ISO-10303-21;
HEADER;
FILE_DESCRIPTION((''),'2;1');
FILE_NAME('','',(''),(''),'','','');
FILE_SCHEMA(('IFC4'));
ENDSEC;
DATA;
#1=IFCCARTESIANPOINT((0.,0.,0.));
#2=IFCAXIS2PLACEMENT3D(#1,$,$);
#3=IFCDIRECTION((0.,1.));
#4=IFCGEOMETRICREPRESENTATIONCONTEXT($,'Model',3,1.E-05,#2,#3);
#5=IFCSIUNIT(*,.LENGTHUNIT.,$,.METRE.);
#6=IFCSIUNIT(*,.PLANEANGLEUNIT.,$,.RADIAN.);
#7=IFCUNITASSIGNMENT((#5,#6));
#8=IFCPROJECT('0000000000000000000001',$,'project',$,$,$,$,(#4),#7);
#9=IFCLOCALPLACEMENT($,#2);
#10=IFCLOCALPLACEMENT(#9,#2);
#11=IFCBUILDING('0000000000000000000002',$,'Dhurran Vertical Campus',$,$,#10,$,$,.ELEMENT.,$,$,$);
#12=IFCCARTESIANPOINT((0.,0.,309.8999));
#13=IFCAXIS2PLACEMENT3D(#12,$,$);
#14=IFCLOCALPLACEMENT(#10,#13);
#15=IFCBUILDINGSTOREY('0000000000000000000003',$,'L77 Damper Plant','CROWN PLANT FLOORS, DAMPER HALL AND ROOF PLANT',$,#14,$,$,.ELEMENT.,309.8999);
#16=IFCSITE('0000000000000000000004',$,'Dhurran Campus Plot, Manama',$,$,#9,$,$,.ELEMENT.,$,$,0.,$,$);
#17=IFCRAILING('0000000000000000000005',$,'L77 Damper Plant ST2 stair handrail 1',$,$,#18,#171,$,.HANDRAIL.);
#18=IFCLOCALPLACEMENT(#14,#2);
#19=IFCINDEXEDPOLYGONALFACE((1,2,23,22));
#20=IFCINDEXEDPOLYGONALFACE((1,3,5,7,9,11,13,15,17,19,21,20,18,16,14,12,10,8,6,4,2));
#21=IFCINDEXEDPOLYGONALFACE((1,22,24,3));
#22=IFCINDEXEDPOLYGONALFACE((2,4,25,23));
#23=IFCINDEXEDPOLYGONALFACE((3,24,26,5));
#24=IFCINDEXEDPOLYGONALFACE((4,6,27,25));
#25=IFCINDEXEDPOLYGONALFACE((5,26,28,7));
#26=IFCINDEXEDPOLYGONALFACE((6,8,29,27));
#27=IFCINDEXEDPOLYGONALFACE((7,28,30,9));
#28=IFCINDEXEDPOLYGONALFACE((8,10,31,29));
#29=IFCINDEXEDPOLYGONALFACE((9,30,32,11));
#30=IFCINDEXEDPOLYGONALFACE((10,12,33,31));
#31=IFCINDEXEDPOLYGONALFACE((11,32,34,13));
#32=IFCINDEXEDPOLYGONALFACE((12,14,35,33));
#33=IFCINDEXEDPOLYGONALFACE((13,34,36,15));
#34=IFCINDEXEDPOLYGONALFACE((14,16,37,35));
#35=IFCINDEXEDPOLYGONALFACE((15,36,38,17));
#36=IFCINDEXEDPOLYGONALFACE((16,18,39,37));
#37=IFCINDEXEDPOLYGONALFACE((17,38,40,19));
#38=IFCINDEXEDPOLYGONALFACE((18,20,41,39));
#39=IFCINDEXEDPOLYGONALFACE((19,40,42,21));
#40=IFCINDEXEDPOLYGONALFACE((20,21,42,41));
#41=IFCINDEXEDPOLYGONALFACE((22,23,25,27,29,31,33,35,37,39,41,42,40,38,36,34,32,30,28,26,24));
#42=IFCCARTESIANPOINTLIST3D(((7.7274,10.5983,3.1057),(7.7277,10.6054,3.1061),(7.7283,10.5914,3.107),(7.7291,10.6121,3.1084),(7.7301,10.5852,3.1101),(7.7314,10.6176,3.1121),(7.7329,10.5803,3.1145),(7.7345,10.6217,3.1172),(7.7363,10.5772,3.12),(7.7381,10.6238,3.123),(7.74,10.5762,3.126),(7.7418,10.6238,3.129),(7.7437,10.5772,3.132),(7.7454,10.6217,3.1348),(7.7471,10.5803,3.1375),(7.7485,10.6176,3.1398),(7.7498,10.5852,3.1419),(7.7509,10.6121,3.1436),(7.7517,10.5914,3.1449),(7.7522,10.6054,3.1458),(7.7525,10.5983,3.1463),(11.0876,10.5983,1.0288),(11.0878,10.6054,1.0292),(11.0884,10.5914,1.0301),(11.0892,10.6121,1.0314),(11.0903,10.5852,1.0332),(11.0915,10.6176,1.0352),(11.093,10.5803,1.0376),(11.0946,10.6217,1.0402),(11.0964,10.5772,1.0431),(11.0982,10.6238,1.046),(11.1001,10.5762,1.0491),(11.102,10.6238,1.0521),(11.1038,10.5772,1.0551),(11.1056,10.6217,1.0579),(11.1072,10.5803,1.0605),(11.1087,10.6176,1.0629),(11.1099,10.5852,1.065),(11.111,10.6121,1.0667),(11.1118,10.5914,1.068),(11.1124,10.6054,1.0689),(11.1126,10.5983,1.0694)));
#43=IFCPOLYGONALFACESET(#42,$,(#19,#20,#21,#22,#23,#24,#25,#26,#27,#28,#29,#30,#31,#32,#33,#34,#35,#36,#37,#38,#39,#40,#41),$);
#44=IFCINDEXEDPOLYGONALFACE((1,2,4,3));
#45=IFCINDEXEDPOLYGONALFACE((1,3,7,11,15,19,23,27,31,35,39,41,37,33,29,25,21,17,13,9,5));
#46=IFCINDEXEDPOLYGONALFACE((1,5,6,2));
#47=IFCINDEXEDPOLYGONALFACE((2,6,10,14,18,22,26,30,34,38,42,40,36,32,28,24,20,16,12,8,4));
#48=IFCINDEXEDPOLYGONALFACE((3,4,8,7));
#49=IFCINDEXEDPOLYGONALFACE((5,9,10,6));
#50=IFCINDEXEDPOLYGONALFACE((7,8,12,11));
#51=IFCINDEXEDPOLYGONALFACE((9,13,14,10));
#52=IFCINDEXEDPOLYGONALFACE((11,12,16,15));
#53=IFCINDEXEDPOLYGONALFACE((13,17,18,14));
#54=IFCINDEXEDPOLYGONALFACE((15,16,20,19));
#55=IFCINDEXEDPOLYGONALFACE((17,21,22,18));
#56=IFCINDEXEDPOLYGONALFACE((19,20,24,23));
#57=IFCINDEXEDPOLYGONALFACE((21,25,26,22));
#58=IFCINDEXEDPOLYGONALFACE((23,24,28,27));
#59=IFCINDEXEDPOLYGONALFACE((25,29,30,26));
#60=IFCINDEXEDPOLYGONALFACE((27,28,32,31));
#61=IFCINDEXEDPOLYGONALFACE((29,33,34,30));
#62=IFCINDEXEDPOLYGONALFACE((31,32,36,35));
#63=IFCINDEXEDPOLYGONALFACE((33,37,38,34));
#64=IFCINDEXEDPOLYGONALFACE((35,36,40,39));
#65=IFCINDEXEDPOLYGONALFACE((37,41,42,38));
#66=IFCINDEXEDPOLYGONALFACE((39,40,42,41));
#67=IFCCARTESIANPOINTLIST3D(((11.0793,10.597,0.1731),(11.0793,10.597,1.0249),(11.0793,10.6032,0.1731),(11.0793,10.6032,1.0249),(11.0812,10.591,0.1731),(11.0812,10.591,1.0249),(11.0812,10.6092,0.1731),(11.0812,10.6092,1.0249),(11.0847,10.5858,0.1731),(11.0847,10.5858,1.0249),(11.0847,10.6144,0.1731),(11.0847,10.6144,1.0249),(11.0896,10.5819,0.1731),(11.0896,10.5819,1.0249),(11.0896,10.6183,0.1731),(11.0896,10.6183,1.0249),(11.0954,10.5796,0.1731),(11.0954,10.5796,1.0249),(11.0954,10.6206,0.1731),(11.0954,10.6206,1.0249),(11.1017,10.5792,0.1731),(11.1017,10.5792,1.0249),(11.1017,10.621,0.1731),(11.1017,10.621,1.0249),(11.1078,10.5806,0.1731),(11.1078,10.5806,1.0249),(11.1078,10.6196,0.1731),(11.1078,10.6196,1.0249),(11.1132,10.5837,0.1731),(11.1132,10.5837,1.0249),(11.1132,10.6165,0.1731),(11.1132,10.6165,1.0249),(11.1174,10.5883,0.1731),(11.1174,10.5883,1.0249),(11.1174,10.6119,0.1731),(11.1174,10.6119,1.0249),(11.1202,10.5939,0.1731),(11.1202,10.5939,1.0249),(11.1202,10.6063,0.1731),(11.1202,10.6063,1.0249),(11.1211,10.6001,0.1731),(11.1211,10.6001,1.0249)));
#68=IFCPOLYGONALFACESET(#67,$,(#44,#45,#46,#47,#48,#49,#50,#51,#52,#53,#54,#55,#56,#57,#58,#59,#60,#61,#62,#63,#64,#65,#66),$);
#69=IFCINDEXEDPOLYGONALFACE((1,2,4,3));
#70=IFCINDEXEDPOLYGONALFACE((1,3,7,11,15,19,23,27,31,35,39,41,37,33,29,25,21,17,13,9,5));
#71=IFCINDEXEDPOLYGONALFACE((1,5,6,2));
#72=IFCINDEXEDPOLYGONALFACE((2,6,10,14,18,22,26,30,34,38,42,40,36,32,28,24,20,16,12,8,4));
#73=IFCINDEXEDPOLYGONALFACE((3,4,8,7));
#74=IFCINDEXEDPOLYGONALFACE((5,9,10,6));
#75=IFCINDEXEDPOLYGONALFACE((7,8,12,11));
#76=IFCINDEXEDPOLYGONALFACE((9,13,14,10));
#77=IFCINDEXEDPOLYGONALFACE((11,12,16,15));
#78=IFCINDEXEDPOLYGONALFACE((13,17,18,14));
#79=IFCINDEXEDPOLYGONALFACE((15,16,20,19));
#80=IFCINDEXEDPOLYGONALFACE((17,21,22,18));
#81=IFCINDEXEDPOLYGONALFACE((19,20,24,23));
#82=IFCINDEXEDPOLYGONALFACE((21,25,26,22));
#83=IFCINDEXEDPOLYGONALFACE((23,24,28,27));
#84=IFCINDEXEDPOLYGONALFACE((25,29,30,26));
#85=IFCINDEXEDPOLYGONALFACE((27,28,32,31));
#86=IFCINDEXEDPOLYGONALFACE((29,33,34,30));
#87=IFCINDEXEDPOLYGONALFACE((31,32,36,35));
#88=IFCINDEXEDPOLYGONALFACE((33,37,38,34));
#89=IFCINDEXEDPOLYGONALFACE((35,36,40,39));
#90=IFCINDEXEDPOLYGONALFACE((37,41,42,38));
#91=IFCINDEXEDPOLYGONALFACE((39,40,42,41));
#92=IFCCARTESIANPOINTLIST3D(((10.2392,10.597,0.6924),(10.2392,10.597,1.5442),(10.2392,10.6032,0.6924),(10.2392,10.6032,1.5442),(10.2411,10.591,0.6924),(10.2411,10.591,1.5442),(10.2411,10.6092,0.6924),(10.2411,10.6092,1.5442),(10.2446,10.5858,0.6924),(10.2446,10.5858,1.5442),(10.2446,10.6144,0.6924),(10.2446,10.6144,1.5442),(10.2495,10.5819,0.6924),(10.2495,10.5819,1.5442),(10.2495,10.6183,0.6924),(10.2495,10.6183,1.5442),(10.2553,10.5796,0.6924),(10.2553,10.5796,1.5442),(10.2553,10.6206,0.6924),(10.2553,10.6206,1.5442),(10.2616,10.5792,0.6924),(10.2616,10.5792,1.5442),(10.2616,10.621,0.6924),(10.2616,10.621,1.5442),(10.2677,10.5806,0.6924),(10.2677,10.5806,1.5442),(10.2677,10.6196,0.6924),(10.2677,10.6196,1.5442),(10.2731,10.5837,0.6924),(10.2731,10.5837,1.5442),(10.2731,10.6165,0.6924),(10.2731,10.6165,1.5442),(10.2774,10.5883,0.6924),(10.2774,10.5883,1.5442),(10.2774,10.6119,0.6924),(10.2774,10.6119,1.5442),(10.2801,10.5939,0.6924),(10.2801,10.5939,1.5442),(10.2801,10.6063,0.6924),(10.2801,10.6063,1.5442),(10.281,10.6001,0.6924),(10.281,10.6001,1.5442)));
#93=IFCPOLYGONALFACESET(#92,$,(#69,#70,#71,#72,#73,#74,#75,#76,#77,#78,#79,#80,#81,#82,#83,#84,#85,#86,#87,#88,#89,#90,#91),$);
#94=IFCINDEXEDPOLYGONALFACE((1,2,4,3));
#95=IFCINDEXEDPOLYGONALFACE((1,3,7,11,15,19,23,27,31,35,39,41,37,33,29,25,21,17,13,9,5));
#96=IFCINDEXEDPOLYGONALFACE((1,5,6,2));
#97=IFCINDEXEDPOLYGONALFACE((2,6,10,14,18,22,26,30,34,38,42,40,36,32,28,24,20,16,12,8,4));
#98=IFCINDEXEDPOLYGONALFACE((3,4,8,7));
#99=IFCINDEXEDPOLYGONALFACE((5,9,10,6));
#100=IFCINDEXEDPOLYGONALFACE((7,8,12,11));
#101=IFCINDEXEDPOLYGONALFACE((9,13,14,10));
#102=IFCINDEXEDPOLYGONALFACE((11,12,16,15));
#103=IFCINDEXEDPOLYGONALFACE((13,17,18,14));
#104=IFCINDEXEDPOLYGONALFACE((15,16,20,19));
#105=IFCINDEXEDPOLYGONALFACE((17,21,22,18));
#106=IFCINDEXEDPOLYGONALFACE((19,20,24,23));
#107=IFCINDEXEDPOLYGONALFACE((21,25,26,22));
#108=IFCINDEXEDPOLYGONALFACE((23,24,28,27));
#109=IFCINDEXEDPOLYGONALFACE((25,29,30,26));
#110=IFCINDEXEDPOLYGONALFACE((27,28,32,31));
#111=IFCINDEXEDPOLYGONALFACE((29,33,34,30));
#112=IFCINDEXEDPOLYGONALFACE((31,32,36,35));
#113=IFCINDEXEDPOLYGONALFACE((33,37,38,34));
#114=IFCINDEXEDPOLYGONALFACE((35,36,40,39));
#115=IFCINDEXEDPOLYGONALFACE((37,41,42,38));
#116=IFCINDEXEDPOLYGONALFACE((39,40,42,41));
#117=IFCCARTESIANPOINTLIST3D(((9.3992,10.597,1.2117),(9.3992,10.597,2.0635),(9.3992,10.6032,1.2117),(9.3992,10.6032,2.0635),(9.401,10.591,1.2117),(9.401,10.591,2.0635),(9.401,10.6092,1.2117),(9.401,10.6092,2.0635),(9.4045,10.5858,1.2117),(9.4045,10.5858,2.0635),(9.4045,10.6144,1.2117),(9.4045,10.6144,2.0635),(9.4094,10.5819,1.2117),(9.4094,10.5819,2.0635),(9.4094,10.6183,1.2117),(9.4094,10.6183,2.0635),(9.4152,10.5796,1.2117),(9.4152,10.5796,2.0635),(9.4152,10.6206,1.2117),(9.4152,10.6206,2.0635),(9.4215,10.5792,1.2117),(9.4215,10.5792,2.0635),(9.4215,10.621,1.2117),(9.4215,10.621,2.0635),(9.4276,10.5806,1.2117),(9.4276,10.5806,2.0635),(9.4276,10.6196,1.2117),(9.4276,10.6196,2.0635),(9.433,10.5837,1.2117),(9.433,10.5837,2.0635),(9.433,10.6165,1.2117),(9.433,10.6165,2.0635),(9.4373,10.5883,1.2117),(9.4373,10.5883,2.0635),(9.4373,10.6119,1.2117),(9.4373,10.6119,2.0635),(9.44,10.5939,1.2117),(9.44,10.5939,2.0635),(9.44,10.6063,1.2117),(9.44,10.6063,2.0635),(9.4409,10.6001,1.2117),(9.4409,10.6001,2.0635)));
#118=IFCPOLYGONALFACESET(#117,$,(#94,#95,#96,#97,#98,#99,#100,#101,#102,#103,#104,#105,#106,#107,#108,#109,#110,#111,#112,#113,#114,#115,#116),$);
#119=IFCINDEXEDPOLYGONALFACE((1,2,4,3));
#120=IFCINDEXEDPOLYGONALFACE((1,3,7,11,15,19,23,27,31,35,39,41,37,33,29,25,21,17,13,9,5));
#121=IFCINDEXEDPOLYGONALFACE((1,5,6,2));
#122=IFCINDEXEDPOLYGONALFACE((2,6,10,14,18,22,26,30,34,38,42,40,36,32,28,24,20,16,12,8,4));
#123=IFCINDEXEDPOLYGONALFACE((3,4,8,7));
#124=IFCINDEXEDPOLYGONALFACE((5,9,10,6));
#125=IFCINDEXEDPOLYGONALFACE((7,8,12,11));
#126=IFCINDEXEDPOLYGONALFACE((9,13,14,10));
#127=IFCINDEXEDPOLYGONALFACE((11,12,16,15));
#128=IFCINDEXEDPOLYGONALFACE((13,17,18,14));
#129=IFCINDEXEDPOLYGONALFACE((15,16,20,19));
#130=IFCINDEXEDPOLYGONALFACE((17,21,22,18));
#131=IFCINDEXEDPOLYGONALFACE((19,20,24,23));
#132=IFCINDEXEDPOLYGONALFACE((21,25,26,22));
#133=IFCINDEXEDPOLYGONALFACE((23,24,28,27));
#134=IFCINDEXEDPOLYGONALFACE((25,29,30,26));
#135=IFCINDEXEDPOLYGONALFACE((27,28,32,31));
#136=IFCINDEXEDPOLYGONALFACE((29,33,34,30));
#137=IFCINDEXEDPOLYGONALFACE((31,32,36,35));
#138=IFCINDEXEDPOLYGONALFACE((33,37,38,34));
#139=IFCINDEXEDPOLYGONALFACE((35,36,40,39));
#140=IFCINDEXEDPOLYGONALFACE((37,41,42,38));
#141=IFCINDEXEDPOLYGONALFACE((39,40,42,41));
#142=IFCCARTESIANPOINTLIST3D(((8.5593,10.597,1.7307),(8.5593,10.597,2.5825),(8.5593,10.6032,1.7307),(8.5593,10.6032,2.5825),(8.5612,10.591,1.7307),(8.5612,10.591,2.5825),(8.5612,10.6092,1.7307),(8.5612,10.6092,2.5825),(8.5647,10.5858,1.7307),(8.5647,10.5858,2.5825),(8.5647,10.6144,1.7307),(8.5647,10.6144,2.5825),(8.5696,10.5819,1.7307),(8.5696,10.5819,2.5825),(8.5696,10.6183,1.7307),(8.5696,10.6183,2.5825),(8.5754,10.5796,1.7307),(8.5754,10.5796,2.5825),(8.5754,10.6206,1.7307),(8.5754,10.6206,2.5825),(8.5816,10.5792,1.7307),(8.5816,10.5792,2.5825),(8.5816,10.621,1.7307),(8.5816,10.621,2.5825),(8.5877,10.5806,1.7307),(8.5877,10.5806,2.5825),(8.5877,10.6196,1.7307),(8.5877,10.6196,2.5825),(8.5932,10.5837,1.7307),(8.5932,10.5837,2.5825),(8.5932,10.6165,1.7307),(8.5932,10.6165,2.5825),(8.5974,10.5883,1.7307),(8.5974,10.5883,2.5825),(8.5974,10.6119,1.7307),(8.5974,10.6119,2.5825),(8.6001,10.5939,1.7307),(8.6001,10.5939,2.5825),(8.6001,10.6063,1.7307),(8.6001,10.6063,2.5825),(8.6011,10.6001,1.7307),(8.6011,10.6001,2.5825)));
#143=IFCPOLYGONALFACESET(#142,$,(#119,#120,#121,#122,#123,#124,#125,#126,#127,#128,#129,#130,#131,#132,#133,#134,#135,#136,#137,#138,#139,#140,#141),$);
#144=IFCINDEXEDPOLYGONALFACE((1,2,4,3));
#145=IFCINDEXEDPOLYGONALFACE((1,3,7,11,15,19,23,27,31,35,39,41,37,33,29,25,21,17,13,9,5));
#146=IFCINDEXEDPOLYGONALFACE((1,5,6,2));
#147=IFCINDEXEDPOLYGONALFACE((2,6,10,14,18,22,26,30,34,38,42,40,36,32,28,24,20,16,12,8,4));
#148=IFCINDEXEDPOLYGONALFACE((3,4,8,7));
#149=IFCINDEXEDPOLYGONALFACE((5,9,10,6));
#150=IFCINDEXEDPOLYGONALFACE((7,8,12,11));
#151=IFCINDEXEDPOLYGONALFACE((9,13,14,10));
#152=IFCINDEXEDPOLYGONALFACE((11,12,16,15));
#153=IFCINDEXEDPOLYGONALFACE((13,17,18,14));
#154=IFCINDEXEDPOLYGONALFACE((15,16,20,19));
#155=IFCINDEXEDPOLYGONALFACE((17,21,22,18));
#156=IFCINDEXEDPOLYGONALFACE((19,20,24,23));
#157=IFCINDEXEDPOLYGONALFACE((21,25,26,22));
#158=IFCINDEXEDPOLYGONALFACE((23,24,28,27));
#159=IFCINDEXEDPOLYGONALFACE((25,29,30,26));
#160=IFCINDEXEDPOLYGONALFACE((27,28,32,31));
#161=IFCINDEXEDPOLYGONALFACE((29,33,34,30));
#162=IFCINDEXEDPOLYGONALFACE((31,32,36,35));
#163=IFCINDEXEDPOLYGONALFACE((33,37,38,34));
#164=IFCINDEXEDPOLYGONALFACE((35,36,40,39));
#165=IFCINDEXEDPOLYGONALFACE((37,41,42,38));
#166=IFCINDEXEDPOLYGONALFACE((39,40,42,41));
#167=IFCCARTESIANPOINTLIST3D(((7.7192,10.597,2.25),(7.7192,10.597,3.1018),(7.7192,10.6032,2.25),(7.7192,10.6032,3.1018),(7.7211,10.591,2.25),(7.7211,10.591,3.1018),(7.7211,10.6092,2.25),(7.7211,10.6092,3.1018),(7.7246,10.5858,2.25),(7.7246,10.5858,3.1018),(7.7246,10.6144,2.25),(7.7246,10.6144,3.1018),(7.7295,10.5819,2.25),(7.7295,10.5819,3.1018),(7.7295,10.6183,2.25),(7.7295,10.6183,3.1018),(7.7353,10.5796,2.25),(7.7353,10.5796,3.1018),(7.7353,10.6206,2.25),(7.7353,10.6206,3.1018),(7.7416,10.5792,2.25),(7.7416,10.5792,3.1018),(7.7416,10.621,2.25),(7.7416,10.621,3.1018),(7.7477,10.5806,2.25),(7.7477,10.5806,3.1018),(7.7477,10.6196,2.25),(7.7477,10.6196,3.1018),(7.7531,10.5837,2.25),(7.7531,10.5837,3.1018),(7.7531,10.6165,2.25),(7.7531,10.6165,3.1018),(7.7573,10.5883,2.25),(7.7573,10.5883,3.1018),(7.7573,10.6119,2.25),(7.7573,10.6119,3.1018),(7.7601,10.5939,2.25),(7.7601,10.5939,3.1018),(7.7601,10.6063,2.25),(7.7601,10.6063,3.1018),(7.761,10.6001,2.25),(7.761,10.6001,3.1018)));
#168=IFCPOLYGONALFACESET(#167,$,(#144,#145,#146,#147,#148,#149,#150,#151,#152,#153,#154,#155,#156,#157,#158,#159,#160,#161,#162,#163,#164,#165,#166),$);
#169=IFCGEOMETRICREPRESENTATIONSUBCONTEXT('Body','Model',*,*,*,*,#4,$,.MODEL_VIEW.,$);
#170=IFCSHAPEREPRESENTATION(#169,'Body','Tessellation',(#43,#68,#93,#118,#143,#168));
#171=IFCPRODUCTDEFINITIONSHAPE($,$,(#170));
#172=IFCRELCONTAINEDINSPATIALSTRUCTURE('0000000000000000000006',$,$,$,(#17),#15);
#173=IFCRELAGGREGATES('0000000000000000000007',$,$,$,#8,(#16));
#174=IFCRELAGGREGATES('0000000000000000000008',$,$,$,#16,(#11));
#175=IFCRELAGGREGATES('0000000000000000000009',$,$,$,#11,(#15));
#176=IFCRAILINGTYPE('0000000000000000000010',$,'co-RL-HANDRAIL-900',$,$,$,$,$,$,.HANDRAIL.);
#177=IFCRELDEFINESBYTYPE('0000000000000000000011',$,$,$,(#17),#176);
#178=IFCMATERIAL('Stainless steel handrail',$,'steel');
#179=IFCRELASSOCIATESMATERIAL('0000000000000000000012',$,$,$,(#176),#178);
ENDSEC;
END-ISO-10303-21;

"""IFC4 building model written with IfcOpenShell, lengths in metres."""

from ifc_helpers import new_model, si_unit, direction, frame, origin, origin_2d, place, context, subcontext, project, spatial, circle, extrude, material, type_object, element, save


model = new_model("IFC4")

# Units and contexts
model_context = context("Model", 3, precision=1e-05, world=origin(), true_north=direction((0.0, 1.0)))
body_context = subcontext(model_context, "Body", "Model", "MODEL_VIEW")
ifc_project = project(units=[si_unit("LENGTHUNIT", "METRE"), si_unit("PLANEANGLEUNIT", "RADIAN")], contexts=[model_context])

# Site, building, storey
site_placement = place(None, origin())
site = spatial("IfcSite", under=ifc_project, at=site_placement, Name="Dhurran Campus Plot, Manama", CompositionType="ELEMENT", RefElevation=0.0)
building_placement = place(site_placement, origin())
building = spatial("IfcBuilding", under=site, at=building_placement, Name="Dhurran Vertical Campus", CompositionType="ELEMENT")
storey_placement = place(building_placement, frame((0.0, 0.0, 309.8999)))
storey = spatial("IfcBuildingStorey", under=building, at=storey_placement, Name="L77 Damper Plant", Description="CROWN PLANT FLOORS, DAMPER HALL AND ROOF PLANT", CompositionType="ELEMENT", Elevation=309.8999)

# Railing
ifc_material_1 = material(Name="Stainless steel handrail", Category="steel")
railing_type_1 = type_object("IfcRailingType", Name="co-RL-HANDRAIL-900", PredefinedType="HANDRAIL", material=ifc_material_1)
for number, where, name in (
    (1, (11.1001, 10.6001, 0.1731), "L77 Damper Plant ST2 stair handrail 1"),
):
    element("IfcRailing", number, at=place(storey_placement, frame(where)), inside=storey, type_object=railing_type_1, Name=name, PredefinedType="HANDRAIL", context=body_context, shape_type="SweptSolid", body=[
        extrude(circle(Radius=0.0239, at=origin_2d()), frame((0.0, 0.0, 0.876), z_axis=(-0.850623, 0.0, 0.525776), x_axis=(0.0, -1.0, 0.0)), (0.0, 0.0, 1.0), 3.9502),
        extrude(circle(Radius=0.021, at=origin_2d()), origin(), (0.0, 0.0, 1.0), 0.8518),
        extrude(circle(Radius=0.021, at=origin_2d()), frame((-0.8401, 0.0, 0.5193)), (0.0, 0.0, 1.0), 0.8518),
        extrude(circle(Radius=0.021, at=origin_2d()), frame((-1.6802, 0.0, 1.0386)), (0.0, 0.0, 1.0), 0.8518),
        extrude(circle(Radius=0.021, at=origin_2d()), frame((-2.52, 0.0, 1.5576)), (0.0, 0.0, 1.0), 0.8518),
        extrude(circle(Radius=0.021, at=origin_2d()), frame((-3.3601, 0.0, 2.0769)), (0.0, 0.0, 1.0), 0.8518),
    ])

save(model, "model.ifc")
